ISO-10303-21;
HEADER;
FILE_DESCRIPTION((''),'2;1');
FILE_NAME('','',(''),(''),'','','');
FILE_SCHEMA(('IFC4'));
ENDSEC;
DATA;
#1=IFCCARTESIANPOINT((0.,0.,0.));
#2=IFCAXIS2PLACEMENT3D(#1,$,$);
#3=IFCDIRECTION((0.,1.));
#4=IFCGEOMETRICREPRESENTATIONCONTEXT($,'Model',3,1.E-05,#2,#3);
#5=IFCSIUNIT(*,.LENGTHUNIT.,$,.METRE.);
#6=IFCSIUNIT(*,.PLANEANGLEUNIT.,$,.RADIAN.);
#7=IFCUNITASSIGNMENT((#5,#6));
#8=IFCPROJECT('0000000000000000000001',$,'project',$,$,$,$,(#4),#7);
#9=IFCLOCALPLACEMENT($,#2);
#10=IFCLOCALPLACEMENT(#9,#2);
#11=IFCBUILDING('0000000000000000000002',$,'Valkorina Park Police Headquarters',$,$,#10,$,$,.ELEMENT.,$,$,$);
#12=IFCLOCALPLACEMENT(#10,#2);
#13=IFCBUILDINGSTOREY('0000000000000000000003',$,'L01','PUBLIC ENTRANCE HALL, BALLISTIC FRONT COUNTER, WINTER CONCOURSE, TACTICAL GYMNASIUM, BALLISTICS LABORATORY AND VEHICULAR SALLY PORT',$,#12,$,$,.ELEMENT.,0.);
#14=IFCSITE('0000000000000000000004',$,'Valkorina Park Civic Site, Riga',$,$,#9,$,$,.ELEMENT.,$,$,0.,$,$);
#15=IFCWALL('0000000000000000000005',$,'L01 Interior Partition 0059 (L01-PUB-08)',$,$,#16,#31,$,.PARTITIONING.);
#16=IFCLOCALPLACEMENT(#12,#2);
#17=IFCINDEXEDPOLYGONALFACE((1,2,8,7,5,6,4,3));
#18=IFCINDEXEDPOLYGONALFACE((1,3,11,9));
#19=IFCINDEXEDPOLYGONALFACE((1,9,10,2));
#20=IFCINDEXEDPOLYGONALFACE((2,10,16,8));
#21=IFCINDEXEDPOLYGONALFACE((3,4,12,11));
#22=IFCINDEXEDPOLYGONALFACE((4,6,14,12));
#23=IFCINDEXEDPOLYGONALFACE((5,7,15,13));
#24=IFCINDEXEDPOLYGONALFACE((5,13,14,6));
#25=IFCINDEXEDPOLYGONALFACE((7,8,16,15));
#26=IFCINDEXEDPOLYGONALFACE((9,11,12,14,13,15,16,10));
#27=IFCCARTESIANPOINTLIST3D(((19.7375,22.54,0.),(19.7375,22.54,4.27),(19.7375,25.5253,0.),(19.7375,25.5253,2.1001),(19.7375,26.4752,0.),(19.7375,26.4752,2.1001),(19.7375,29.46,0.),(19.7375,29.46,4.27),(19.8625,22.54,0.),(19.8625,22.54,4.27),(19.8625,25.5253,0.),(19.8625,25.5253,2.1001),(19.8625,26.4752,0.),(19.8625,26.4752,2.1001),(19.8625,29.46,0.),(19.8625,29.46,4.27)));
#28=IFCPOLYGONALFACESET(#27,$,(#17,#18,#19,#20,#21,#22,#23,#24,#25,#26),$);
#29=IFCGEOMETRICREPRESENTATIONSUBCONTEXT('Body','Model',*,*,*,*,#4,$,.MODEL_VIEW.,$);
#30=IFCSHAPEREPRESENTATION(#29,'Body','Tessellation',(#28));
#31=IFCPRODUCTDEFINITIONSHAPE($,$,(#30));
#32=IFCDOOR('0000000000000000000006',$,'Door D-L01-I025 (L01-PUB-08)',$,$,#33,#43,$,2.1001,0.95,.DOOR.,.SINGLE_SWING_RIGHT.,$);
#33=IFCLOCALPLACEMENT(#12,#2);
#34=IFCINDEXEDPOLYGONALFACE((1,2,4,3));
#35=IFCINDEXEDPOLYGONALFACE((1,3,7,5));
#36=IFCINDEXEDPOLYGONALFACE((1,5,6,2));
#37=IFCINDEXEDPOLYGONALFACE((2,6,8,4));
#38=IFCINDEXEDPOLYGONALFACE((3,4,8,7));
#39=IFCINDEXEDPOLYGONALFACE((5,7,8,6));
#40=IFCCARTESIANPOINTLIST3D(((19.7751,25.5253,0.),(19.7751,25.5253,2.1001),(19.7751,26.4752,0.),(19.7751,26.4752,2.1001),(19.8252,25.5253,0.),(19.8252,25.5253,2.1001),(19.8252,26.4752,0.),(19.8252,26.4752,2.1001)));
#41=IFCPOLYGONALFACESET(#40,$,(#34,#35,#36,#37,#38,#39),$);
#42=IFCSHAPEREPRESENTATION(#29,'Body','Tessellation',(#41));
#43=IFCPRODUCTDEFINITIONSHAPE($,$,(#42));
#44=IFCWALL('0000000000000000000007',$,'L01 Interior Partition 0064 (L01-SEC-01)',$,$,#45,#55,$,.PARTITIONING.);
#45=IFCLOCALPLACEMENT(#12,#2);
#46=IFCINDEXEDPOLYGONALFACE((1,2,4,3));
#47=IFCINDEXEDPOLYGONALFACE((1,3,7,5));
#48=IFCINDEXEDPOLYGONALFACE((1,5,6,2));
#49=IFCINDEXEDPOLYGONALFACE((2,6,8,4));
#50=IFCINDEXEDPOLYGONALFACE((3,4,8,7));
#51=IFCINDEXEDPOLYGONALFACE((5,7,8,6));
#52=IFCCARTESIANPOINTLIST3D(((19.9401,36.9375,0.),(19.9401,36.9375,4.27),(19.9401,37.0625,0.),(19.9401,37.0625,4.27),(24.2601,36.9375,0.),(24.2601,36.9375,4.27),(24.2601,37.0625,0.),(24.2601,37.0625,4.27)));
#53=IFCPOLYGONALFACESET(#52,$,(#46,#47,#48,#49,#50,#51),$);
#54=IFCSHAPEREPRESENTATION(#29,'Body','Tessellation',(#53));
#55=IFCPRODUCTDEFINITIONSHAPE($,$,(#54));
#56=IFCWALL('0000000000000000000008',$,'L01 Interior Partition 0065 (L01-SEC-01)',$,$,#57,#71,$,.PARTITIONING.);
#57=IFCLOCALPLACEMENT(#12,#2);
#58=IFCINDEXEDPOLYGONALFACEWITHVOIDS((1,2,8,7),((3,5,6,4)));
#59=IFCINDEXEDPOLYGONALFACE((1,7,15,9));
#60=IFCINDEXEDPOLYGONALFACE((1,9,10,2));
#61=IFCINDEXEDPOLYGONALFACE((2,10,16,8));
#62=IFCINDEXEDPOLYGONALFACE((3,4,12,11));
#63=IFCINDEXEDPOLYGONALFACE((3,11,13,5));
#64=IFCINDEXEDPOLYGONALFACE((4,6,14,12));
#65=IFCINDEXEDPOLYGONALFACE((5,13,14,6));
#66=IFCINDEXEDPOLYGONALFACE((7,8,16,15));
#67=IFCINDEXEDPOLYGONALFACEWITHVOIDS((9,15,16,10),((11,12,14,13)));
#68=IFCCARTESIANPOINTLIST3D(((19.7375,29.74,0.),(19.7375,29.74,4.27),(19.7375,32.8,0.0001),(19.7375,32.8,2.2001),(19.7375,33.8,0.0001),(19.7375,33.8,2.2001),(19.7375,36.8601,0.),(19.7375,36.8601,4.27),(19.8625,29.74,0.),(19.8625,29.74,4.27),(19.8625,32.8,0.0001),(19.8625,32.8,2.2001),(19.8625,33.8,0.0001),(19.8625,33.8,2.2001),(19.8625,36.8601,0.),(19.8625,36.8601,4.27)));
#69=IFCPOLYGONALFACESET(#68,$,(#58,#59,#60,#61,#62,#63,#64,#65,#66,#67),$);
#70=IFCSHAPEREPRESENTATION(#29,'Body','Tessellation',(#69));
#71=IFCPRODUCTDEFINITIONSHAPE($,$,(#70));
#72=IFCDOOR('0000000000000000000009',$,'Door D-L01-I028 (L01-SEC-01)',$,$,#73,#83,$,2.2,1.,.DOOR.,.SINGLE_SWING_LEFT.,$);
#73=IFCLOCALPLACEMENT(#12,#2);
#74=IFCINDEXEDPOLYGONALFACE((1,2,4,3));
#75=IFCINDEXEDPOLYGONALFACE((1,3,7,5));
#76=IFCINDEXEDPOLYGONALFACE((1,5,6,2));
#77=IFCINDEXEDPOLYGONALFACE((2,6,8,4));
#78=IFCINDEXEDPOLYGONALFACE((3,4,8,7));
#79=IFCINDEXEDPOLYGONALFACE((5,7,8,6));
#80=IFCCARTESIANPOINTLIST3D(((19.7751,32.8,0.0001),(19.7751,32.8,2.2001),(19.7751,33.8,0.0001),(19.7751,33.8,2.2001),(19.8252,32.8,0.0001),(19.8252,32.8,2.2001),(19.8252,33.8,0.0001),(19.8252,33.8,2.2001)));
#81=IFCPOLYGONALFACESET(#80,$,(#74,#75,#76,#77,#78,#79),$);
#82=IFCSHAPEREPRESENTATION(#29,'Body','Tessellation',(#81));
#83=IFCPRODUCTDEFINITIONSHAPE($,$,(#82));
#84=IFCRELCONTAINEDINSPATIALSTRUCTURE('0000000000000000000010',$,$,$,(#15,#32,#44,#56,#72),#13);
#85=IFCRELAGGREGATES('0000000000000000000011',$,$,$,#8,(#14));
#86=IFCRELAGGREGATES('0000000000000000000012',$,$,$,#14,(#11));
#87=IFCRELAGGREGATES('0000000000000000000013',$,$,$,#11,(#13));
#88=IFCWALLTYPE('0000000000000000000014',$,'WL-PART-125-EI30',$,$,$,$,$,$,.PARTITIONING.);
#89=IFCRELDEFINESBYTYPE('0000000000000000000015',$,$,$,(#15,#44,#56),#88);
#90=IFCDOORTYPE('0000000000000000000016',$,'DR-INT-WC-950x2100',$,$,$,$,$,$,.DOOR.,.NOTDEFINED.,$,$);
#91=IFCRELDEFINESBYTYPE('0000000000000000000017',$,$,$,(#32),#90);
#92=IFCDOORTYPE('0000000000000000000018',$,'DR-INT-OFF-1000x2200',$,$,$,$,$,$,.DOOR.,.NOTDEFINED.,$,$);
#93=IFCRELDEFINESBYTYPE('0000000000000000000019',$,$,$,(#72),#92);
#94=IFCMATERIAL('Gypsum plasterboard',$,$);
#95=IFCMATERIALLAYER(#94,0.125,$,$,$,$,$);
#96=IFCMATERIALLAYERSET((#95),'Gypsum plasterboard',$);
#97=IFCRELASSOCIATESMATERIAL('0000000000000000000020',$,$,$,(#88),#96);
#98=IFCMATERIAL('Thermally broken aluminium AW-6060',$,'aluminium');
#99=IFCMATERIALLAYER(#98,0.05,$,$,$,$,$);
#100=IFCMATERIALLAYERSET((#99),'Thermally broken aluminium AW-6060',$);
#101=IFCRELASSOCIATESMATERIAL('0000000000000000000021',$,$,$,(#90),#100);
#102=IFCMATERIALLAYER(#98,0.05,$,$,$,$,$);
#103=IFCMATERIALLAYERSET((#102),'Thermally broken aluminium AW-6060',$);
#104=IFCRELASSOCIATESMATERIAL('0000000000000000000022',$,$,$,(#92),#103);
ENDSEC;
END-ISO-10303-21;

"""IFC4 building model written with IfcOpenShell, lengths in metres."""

from ifc_helpers import new_model, si_unit, direction, frame, frame_2d, origin, place, context, subcontext, project, spatial, rectangle, extrude, material, layer, layer_set, type_object, element, fill, save


model = new_model("IFC4")

# Units and contexts
model_context = context("Model", 3, precision=1e-05, world=origin(), true_north=direction((0.0, 1.0)))
body_context = subcontext(model_context, "Body", "Model", "MODEL_VIEW")
ifc_project = project(units=[si_unit("LENGTHUNIT", "METRE"), si_unit("PLANEANGLEUNIT", "RADIAN")], contexts=[model_context])

# Site, building, storey
site_placement = place(None, origin())
site = spatial("IfcSite", under=ifc_project, at=site_placement, Name="Valkorina Park Civic Site, Riga", CompositionType="ELEMENT", RefElevation=0.0)
building_placement = place(site_placement, origin())
building = spatial("IfcBuilding", under=site, at=building_placement, Name="Valkorina Park Police Headquarters", CompositionType="ELEMENT")
storey_placement = place(building_placement, origin())
storey = spatial("IfcBuildingStorey", under=building, at=storey_placement, Name="L01", Description="PUBLIC ENTRANCE HALL, BALLISTIC FRONT COUNTER, WINTER CONCOURSE, TACTICAL GYMNASIUM, BALLISTICS LABORATORY AND VEHICULAR SALLY PORT", CompositionType="ELEMENT", Elevation=0.0)

# Shared definitions
ifc_material_1 = material(Name="Gypsum plasterboard")
ifc_layer_1 = layer(ifc_material_1, 0.125)
ifc_layer_set_1 = layer_set([ifc_layer_1], Name="Gypsum plasterboard")
wall_type_1 = type_object("IfcWallType", Name="WL-PART-125-EI30", PredefinedType="PARTITIONING", material=ifc_layer_set_1)

# Wall, opening, door
wall_1_placement = place(storey_placement, frame((19.8, 22.54, 0.0), z_axis=(0.0, 0.0, 1.0), x_axis=(0.0, 1.0, 0.0)))
wall_1 = element("IfcWall", 1, at=wall_1_placement, inside=storey, type_object=wall_type_1, Name="L01 Interior Partition 0059 (L01-PUB-08)", PredefinedType="PARTITIONING", context=body_context, shape_type="SweptSolid", body=[
    extrude(rectangle(XDim=6.9199, YDim=0.125, at=frame_2d((3.46, 0.0))), origin(), (0.0, 0.0, 1.0), 4.27),
])
opening_1_placement = place(wall_1_placement, frame((2.9851, 0.0, 0.0)))
opening_1 = element("IfcOpeningElement", 2, at=opening_1_placement, cuts=wall_1, PredefinedType="OPENING", context=body_context, shape_type="SweptSolid", body=[
    extrude(rectangle(XDim=0.95, YDim=2.1001, at=frame_2d((0.4751, 1.05))), frame((0.0, 0.0725, 0.0), z_axis=(0.0, -1.0, 0.0), x_axis=(1.0, 0.0, 0.0)), (0.0, 0.0, 1.0), 0.145),
])
ifc_material_2 = material(Name="Thermally broken aluminium AW-6060", Category="aluminium")
ifc_layer_2 = layer(ifc_material_2, 0.05)
ifc_layer_set_2 = layer_set([ifc_layer_2], Name="Thermally broken aluminium AW-6060")
door_type_1 = type_object("IfcDoorType", Name="DR-INT-WC-950x2100", OperationType="NOTDEFINED", PredefinedType="DOOR", material=ifc_layer_set_2)
door_1_placement = place(opening_1_placement, origin())
door_1 = element("IfcDoor", 3, at=door_1_placement, inside=storey, type_object=door_type_1, Name="Door D-L01-I025 (L01-PUB-08)", OperationType="SINGLE_SWING_RIGHT", OverallHeight=2.1001, OverallWidth=0.95, PredefinedType="DOOR", context=body_context, shape_type="SweptSolid", body=[
    extrude(rectangle(XDim=0.95, YDim=2.1001, at=frame_2d((0.4751, 1.05))), frame((0.0, 0.0249, 0.0), z_axis=(0.0, -1.0, 0.0), x_axis=(1.0, 0.0, 0.0)), (0.0, 0.0, 1.0), 0.05),
])
fill(opening_1, door_1)

# Wall
wall_2_placement = place(storey_placement, frame((19.9399, 37.0, 0.0), z_axis=(0.0, 0.0, 1.0), x_axis=(1.0, 0.0, 0.0)))
element("IfcWall", 4, at=wall_2_placement, inside=storey, type_object=wall_type_1, Name="L01 Interior Partition 0064 (L01-SEC-01)", PredefinedType="PARTITIONING", context=body_context, shape_type="SweptSolid", body=[
    extrude(rectangle(XDim=4.3201, YDim=0.125, at=frame_2d((2.1602, 0.0))), origin(), (0.0, 0.0, 1.0), 4.27),
])

# Wall, opening, door
wall_3_placement = place(storey_placement, frame((19.8, 29.74, 0.0), z_axis=(0.0, 0.0, 1.0), x_axis=(0.0, 1.0, 0.0)))
wall_3 = element("IfcWall", 5, at=wall_3_placement, inside=storey, type_object=wall_type_1, Name="L01 Interior Partition 0065 (L01-SEC-01)", PredefinedType="PARTITIONING", context=body_context, shape_type="SweptSolid", body=[
    extrude(rectangle(XDim=7.1201, YDim=0.125, at=frame_2d((3.5601, 0.0))), origin(), (0.0, 0.0, 1.0), 4.27),
])
opening_2_placement = place(wall_3_placement, frame((3.0601, 0.0, 0.0)))
opening_2 = element("IfcOpeningElement", 6, at=opening_2_placement, cuts=wall_3, PredefinedType="OPENING", context=body_context, shape_type="SweptSolid", body=[
    extrude(rectangle(XDim=1.0, YDim=2.2, at=frame_2d((0.5, 1.1001))), frame((0.0, 0.0725, 0.0), z_axis=(0.0, -1.0, 0.0), x_axis=(1.0, 0.0, 0.0)), (0.0, 0.0, 1.0), 0.145),
])
ifc_layer_3 = layer(ifc_material_2, 0.05)
ifc_layer_set_3 = layer_set([ifc_layer_3], Name="Thermally broken aluminium AW-6060")
door_type_2 = type_object("IfcDoorType", Name="DR-INT-OFF-1000x2200", OperationType="NOTDEFINED", PredefinedType="DOOR", material=ifc_layer_set_3)
door_2_placement = place(opening_2_placement, origin())
door_2 = element("IfcDoor", 7, at=door_2_placement, inside=storey, type_object=door_type_2, Name="Door D-L01-I028 (L01-SEC-01)", OperationType="SINGLE_SWING_LEFT", OverallHeight=2.2, OverallWidth=1.0, PredefinedType="DOOR", context=body_context, shape_type="SweptSolid", body=[
    extrude(rectangle(XDim=1.0, YDim=2.2, at=frame_2d((0.5, 1.1001))), frame((0.0, 0.0249, 0.0), z_axis=(0.0, -1.0, 0.0), x_axis=(1.0, 0.0, 0.0)), (0.0, 0.0, 1.0), 0.05),
])
fill(opening_2, door_2)

save(model, "model.ifc")
